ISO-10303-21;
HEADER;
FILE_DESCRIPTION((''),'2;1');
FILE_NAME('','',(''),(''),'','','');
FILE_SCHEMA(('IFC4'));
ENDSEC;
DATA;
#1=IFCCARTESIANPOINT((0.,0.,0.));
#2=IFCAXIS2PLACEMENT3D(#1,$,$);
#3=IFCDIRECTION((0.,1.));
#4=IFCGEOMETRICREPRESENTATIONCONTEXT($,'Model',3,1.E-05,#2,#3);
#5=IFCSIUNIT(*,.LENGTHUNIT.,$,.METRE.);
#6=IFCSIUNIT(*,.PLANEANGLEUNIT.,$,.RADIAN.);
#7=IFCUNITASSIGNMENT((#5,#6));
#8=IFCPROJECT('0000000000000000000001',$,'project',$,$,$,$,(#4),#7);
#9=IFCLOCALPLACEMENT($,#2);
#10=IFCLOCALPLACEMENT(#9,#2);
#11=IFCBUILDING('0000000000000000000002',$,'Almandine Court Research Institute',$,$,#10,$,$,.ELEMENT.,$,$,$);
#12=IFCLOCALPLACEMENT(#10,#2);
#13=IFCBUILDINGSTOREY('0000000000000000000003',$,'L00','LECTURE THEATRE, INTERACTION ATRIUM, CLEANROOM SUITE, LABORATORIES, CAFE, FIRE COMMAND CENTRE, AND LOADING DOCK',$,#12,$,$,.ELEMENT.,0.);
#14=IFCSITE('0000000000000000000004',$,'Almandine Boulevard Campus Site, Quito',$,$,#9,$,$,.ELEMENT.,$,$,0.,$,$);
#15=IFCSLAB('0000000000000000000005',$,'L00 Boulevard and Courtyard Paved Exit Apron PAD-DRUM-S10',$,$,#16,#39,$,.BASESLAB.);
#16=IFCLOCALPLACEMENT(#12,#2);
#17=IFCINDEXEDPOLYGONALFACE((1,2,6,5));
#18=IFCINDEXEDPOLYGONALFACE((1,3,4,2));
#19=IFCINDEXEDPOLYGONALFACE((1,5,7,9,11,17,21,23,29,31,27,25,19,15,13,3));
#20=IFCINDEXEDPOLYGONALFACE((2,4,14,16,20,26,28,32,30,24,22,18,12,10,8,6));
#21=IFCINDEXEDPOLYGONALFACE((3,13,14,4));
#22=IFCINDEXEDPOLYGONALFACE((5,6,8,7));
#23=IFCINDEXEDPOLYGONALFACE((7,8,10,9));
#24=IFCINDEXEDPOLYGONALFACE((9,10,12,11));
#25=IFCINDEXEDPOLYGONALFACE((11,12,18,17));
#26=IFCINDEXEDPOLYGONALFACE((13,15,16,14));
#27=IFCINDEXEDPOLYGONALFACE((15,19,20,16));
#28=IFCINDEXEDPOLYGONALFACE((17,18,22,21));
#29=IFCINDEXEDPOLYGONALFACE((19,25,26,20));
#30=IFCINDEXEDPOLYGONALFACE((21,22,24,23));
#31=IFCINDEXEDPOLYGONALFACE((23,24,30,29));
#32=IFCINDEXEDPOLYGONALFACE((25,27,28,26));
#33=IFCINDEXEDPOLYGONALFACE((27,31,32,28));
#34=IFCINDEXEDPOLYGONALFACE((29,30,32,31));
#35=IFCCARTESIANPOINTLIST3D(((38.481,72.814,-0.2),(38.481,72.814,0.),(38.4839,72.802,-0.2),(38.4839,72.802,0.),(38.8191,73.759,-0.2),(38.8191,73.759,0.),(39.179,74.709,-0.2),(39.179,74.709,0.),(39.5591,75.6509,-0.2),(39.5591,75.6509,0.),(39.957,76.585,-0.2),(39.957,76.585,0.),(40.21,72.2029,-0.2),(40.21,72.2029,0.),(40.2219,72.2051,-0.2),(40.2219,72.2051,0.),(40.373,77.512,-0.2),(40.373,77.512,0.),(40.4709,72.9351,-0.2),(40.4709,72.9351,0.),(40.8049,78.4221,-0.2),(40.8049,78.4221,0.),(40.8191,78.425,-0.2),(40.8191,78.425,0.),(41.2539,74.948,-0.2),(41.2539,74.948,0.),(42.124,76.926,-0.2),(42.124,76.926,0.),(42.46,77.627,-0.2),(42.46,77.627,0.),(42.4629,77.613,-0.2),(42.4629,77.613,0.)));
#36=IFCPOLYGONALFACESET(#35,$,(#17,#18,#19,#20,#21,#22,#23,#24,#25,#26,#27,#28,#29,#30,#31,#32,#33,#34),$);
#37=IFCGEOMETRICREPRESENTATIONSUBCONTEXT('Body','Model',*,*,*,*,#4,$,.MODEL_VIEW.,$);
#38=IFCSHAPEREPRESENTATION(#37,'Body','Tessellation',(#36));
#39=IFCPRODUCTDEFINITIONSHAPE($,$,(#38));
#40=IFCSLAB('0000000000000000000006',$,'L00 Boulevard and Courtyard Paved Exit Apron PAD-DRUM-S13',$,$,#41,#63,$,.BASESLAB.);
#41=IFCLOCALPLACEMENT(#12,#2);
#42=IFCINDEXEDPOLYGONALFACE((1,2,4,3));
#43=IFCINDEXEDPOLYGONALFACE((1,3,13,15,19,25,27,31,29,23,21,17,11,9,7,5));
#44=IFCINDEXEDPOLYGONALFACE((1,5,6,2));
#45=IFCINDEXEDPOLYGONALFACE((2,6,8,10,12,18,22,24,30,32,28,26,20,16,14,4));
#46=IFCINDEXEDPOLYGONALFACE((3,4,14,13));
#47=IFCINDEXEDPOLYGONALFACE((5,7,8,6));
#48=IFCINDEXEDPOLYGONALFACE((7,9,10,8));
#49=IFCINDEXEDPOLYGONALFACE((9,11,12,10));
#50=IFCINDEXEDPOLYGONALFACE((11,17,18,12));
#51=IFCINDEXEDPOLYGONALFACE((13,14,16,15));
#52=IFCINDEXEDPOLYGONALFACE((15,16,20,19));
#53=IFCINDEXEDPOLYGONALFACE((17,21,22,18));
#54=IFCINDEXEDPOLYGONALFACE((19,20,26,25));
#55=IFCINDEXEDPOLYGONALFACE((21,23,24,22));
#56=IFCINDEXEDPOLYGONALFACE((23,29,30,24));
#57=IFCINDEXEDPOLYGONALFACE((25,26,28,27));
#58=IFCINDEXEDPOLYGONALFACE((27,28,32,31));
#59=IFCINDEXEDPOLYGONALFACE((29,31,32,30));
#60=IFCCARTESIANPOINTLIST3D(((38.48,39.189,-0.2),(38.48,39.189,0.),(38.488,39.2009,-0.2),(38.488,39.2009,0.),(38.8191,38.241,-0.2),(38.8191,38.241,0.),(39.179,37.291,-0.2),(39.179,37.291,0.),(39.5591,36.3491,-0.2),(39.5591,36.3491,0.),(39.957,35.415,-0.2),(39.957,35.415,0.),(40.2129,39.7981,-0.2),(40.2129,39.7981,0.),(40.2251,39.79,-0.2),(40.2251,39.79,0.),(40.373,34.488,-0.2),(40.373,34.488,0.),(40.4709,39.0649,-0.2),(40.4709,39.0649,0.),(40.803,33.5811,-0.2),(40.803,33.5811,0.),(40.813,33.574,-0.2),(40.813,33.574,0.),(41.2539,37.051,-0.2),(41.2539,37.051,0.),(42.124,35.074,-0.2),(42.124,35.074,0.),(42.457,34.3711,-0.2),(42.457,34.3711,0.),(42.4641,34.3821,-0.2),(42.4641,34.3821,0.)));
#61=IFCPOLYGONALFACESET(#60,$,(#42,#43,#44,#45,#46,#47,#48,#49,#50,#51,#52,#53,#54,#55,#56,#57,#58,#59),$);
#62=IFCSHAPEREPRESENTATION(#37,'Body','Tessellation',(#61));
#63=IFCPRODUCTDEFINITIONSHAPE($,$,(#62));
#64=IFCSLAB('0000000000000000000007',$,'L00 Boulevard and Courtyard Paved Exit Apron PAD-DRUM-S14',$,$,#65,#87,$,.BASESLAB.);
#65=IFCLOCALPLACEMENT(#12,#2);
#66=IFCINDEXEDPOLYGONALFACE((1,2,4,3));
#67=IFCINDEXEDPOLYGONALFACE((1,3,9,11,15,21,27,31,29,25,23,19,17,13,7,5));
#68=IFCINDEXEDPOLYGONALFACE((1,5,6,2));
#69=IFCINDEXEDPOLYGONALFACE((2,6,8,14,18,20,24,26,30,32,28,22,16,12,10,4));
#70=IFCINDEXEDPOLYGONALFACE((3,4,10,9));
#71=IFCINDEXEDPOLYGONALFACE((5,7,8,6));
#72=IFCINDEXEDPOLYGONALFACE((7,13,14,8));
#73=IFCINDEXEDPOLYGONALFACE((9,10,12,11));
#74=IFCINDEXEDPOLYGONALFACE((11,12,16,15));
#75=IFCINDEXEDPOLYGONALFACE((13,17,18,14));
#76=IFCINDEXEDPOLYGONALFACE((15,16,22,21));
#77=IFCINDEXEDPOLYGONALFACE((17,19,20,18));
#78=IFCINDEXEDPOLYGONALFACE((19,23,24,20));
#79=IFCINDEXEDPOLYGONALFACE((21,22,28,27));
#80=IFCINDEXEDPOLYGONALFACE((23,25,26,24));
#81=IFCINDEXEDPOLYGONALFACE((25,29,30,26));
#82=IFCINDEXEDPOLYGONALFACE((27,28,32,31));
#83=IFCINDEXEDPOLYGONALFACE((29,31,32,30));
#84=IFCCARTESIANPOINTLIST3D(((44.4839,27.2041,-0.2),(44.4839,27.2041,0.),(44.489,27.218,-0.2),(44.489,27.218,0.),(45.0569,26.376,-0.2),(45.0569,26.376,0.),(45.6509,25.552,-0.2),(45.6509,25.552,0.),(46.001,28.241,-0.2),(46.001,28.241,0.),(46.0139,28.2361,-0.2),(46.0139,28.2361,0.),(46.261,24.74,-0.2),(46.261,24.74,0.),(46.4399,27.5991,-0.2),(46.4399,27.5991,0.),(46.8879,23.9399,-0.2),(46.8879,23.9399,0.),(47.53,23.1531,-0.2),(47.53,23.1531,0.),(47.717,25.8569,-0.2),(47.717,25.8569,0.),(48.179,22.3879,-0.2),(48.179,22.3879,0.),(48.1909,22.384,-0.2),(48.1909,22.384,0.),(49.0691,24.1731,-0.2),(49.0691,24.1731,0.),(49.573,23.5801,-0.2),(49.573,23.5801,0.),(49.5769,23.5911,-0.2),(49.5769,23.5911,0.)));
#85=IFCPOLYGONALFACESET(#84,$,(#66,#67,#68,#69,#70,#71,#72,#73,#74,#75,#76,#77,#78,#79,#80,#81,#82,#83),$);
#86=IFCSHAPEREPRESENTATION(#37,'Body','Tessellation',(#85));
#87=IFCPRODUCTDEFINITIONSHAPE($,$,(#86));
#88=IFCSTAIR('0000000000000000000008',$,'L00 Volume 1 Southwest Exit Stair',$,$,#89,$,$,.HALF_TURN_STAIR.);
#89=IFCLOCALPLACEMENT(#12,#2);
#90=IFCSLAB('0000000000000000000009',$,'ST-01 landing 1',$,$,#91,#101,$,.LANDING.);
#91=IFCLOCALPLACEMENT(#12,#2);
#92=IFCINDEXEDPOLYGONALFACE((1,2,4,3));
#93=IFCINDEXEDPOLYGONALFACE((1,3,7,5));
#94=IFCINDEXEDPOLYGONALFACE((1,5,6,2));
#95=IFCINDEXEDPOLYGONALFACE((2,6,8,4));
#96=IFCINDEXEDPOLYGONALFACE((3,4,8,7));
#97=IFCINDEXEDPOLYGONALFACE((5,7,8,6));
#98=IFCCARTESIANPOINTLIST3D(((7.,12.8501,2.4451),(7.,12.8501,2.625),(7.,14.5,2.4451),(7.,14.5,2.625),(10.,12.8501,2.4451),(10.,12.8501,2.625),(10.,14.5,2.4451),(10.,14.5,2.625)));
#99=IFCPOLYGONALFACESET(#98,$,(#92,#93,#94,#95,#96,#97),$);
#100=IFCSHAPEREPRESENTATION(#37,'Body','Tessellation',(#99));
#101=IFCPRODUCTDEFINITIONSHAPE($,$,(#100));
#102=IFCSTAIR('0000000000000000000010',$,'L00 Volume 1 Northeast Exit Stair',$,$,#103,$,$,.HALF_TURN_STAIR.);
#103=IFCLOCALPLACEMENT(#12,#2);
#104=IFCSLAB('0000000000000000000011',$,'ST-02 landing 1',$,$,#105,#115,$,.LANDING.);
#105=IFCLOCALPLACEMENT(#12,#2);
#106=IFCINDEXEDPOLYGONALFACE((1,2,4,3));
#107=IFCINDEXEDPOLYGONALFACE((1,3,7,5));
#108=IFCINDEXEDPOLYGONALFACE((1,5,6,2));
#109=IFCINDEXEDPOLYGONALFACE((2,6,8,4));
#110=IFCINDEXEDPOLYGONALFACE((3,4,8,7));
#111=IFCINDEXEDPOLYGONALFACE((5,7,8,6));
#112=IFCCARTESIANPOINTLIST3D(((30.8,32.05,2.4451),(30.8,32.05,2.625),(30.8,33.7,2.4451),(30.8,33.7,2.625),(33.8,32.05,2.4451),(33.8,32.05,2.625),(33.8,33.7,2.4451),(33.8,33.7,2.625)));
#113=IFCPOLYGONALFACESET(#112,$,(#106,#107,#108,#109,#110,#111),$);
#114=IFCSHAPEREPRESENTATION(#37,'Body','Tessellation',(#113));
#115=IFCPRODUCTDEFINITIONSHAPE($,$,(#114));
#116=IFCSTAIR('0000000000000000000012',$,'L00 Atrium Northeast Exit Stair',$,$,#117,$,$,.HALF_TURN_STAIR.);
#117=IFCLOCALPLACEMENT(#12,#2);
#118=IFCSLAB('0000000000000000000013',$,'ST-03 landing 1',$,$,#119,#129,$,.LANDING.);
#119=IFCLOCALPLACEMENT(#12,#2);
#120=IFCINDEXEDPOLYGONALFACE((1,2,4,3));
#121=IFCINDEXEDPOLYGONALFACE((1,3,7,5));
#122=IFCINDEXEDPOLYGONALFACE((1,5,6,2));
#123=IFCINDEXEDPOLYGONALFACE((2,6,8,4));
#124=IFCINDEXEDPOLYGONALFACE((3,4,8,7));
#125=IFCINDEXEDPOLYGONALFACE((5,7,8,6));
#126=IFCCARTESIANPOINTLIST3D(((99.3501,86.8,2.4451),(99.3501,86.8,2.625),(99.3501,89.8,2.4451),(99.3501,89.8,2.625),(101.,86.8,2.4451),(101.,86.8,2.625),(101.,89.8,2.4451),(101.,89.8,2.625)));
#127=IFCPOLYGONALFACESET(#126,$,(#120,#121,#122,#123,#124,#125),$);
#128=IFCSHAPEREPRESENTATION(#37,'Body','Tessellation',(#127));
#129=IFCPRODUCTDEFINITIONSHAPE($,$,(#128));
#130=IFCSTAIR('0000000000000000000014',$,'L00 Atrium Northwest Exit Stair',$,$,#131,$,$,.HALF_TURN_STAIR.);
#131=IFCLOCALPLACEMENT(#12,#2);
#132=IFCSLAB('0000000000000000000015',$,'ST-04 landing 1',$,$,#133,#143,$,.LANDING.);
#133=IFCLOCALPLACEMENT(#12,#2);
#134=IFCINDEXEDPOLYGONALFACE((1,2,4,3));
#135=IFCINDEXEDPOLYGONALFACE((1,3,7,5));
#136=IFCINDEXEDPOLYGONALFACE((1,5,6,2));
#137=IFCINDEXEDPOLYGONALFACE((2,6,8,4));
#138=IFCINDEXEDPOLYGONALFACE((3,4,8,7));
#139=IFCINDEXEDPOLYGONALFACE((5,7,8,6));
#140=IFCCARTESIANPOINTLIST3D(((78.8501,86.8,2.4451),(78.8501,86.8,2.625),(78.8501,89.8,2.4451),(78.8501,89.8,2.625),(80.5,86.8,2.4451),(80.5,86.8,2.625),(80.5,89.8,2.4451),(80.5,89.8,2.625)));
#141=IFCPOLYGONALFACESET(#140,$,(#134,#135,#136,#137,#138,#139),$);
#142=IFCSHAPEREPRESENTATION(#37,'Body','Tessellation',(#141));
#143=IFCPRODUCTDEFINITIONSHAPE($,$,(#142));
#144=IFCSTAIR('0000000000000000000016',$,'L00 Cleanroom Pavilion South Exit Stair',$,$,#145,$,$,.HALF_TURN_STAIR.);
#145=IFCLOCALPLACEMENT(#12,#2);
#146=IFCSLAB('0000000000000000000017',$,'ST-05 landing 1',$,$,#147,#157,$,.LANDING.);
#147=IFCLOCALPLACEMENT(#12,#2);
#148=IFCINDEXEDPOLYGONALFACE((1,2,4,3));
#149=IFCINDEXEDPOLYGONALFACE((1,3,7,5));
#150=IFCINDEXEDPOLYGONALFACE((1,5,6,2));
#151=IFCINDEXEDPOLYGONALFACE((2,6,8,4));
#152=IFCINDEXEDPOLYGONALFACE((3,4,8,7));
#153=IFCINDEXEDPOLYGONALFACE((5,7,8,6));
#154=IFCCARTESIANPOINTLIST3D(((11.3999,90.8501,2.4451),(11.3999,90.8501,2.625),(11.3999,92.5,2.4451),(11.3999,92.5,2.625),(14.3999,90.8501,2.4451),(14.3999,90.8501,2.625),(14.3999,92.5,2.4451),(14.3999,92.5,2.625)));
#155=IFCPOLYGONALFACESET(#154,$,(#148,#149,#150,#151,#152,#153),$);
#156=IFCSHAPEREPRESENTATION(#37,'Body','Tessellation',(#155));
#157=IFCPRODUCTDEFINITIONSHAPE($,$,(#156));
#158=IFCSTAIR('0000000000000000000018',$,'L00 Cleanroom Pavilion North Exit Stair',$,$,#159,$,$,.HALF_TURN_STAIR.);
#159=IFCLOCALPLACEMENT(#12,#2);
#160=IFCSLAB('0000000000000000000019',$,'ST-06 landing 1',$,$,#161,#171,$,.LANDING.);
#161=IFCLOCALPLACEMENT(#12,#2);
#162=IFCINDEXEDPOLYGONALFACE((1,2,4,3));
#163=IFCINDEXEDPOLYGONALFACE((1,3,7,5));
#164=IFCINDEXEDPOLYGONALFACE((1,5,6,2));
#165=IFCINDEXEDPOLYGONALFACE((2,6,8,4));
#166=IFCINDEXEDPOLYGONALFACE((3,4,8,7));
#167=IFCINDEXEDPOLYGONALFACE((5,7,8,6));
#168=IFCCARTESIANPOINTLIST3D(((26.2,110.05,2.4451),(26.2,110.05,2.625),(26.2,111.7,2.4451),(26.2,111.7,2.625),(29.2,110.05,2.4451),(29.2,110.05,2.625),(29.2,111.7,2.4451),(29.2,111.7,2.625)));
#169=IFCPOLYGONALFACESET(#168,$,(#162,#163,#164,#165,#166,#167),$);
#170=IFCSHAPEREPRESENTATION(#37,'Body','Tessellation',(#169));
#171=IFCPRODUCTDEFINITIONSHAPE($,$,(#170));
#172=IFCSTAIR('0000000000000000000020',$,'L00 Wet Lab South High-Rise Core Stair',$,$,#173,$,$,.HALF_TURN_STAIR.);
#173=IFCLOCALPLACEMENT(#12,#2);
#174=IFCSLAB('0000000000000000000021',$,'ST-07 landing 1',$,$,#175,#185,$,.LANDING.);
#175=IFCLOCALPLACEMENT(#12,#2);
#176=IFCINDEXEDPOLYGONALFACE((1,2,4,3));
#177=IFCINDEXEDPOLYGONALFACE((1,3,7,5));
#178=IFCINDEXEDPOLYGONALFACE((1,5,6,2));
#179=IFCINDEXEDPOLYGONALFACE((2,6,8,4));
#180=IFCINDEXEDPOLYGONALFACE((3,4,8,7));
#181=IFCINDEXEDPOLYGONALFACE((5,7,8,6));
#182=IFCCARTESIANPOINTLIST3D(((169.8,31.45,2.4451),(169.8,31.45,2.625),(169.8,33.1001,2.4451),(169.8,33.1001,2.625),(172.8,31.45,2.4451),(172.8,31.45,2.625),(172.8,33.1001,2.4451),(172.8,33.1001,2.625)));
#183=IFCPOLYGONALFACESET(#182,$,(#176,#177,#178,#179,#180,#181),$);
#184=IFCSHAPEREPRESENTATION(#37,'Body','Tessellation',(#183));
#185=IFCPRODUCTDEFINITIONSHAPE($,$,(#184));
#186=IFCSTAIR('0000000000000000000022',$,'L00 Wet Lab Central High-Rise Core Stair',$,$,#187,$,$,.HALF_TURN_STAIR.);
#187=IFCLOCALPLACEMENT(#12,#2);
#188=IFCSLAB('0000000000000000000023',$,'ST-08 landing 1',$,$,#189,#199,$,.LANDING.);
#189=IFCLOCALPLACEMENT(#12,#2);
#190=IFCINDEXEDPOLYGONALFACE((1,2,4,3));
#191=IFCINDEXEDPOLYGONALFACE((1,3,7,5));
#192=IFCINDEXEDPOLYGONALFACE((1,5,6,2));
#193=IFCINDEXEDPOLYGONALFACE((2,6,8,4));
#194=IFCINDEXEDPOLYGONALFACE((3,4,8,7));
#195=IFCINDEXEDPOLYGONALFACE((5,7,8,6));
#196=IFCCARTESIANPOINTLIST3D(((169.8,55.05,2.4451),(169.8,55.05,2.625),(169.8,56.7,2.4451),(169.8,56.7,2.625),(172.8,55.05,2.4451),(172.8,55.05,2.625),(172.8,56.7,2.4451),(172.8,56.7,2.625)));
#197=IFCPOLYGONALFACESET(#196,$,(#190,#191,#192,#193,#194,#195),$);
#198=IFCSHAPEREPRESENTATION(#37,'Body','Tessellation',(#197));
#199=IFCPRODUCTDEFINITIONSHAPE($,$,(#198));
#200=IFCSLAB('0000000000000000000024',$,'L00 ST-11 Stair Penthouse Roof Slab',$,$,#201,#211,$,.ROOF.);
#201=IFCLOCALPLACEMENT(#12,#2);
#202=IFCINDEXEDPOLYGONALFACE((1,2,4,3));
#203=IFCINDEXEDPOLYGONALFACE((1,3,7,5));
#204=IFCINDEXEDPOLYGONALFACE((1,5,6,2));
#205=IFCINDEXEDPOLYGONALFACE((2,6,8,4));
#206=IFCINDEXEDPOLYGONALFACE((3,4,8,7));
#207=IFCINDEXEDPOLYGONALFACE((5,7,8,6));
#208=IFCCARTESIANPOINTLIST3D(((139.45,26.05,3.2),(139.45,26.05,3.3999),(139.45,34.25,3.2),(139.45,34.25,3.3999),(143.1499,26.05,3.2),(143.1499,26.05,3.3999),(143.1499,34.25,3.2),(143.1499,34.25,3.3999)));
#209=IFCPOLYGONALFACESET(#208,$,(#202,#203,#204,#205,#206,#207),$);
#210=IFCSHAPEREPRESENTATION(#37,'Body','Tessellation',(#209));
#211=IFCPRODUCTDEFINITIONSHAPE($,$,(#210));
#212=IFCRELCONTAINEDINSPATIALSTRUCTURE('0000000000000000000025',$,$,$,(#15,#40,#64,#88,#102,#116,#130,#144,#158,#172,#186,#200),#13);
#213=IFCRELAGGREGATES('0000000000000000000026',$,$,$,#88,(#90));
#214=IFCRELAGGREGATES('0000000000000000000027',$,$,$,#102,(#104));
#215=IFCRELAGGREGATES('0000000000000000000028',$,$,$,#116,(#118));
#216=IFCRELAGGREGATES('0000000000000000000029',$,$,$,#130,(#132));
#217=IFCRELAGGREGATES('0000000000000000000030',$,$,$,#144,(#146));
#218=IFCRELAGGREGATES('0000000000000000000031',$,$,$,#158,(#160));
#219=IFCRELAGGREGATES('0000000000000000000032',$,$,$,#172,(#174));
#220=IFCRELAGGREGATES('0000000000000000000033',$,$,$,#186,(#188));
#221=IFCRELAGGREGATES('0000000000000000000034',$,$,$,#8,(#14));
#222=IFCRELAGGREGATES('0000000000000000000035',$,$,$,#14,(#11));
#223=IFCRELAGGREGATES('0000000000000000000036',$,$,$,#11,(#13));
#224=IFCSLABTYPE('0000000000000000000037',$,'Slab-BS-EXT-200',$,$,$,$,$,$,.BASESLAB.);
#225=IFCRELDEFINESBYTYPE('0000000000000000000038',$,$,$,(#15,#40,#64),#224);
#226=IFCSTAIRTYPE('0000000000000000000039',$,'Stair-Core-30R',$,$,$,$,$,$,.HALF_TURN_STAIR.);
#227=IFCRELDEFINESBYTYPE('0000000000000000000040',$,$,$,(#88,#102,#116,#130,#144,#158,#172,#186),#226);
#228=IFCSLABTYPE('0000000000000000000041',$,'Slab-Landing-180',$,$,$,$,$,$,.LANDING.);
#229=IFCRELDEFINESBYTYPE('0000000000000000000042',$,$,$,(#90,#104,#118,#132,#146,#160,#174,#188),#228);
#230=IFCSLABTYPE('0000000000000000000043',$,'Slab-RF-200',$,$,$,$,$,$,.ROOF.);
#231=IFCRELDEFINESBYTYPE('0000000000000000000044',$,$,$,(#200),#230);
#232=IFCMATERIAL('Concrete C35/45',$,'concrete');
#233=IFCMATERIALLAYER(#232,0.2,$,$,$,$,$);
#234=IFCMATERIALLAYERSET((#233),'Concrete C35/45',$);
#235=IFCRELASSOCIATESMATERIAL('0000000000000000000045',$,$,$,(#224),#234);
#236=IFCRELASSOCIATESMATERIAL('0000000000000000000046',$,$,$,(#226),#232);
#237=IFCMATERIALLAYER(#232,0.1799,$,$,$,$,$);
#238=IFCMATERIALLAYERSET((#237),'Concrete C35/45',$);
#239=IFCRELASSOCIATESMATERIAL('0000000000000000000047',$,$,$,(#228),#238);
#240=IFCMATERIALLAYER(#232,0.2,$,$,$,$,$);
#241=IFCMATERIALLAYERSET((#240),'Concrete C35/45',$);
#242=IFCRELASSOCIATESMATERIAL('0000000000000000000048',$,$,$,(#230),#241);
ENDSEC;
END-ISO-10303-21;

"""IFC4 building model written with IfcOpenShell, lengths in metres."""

from ifc_helpers import new_model, si_unit, direction, frame, origin, place, context, subcontext, project, spatial, polyline, outline, extrude, material, layer, layer_set, type_object, element, aggregate, save


model = new_model("IFC4")

# Units and contexts
model_context = context("Model", 3, precision=1e-05, world=origin(), true_north=direction((0.0, 1.0)))
body_context = subcontext(model_context, "Body", "Model", "MODEL_VIEW")
ifc_project = project(units=[si_unit("LENGTHUNIT", "METRE"), si_unit("PLANEANGLEUNIT", "RADIAN")], contexts=[model_context])

# Site, building, storey
site_placement = place(None, origin())
site = spatial("IfcSite", under=ifc_project, at=site_placement, Name="Almandine Boulevard Campus Site, Quito", CompositionType="ELEMENT", RefElevation=0.0)
building_placement = place(site_placement, origin())
building = spatial("IfcBuilding", under=site, at=building_placement, Name="Almandine Court Research Institute", CompositionType="ELEMENT")
storey_placement = place(building_placement, origin())
storey = spatial("IfcBuildingStorey", under=building, at=storey_placement, Name="L00", Description="LECTURE THEATRE, INTERACTION ATRIUM, CLEANROOM SUITE, LABORATORIES, CAFE, FIRE COMMAND CENTRE, AND LOADING DOCK", CompositionType="ELEMENT", Elevation=0.0)

# Slabs
ifc_material = material(Name="Concrete C35/45", Category="concrete")
ifc_layer_1 = layer(ifc_material, 0.2)
ifc_layer_set_1 = layer_set([ifc_layer_1], Name="Concrete C35/45")
slab_type_1 = type_object("IfcSlabType", Name="Slab-BS-EXT-200", PredefinedType="BASESLAB", material=ifc_layer_set_1)
slab_1_placement = place(storey_placement, frame((0.0, 0.0, -0.2)))
element("IfcSlab", 1, at=slab_1_placement, inside=storey, type_object=slab_type_1, Name="L00 Boulevard and Courtyard Paved Exit Apron PAD-DRUM-S10", PredefinedType="BASESLAB", context=body_context, shape_type="SweptSolid", body=[
    extrude(outline(polyline([(38.8191, 73.759), (39.179, 74.709), (39.5591, 75.6509), (39.957, 76.585), (40.373, 77.512), (40.8049, 78.4221), (40.8191, 78.425), (42.46, 77.627), (42.4629, 77.613), (42.124, 76.926), (41.2539, 74.948), (40.4709, 72.9351), (40.2219, 72.2051), (40.21, 72.2029), (38.4839, 72.802), (38.481, 72.814), (38.8191, 73.759)])), origin(), (0.0, 0.0, 1.0), 0.2),
])
slab_2_placement = place(storey_placement, frame((0.0, 0.0, -0.2)))
element("IfcSlab", 2, at=slab_2_placement, inside=storey, type_object=slab_type_1, Name="L00 Boulevard and Courtyard Paved Exit Apron PAD-DRUM-S13", PredefinedType="BASESLAB", context=body_context, shape_type="SweptSolid", body=[
    extrude(outline(polyline([(40.373, 34.488), (39.957, 35.415), (39.5591, 36.3491), (39.179, 37.291), (38.8191, 38.241), (38.48, 39.189), (38.488, 39.2009), (40.2129, 39.7981), (40.2251, 39.79), (40.4709, 39.0649), (41.2539, 37.051), (42.124, 35.074), (42.4641, 34.3821), (42.457, 34.3711), (40.813, 33.574), (40.803, 33.5811), (40.373, 34.488)])), origin(), (0.0, 0.0, 1.0), 0.2),
])
slab_3_placement = place(storey_placement, frame((0.0, 0.0, -0.2)))
element("IfcSlab", 3, at=slab_3_placement, inside=storey, type_object=slab_type_1, Name="L00 Boulevard and Courtyard Paved Exit Apron PAD-DRUM-S14", PredefinedType="BASESLAB", context=body_context, shape_type="SweptSolid", body=[
    extrude(outline(polyline([(47.53, 23.1531), (46.8879, 23.9399), (46.261, 24.74), (45.6509, 25.552), (45.0569, 26.376), (44.4839, 27.2041), (44.489, 27.218), (46.001, 28.241), (46.0139, 28.2361), (46.4399, 27.5991), (47.717, 25.8569), (49.0691, 24.1731), (49.5769, 23.5911), (49.573, 23.5801), (48.1909, 22.384), (48.179, 22.3879), (47.53, 23.1531)])), origin(), (0.0, 0.0, 1.0), 0.2),
])

# Stairs, slabs
stair_type = type_object("IfcStairType", Name="Stair-Core-30R", PredefinedType="HALF_TURN_STAIR", material=ifc_material)
stair_1_placement = place(storey_placement, origin())
stair_1 = element("IfcStair", 4, at=stair_1_placement, inside=storey, type_object=stair_type, Name="L00 Volume 1 Southwest Exit Stair", PredefinedType="HALF_TURN_STAIR")
ifc_layer_2 = layer(ifc_material, 0.1799)
ifc_layer_set_2 = layer_set([ifc_layer_2], Name="Concrete C35/45")
slab_type_2 = type_object("IfcSlabType", Name="Slab-Landing-180", PredefinedType="LANDING", material=ifc_layer_set_2)
slab_4_placement = place(storey_placement, frame((0.0, 0.0, 2.4451)))
slab_4 = element("IfcSlab", 5, at=slab_4_placement, type_object=slab_type_2, Name="ST-01 landing 1", PredefinedType="LANDING", context=body_context, shape_type="SweptSolid", body=[
    extrude(outline(polyline([(10.0, 12.8501), (10.0, 14.5), (7.0, 14.5), (7.0, 12.8501), (10.0, 12.8501)])), origin(), (0.0, 0.0, 1.0), 0.1799),
])
aggregate(stair_1, [slab_4])
stair_2_placement = place(storey_placement, origin())
stair_2 = element("IfcStair", 6, at=stair_2_placement, inside=storey, type_object=stair_type, Name="L00 Volume 1 Northeast Exit Stair", PredefinedType="HALF_TURN_STAIR")
slab_5_placement = place(storey_placement, frame((0.0, 0.0, 2.4451)))
slab_5 = element("IfcSlab", 7, at=slab_5_placement, type_object=slab_type_2, Name="ST-02 landing 1", PredefinedType="LANDING", context=body_context, shape_type="SweptSolid", body=[
    extrude(outline(polyline([(33.8, 32.05), (33.8, 33.7), (30.8, 33.7), (30.8, 32.05), (33.8, 32.05)])), origin(), (0.0, 0.0, 1.0), 0.1799),
])
aggregate(stair_2, [slab_5])
stair_3_placement = place(storey_placement, origin())
stair_3 = element("IfcStair", 8, at=stair_3_placement, inside=storey, type_object=stair_type, Name="L00 Atrium Northeast Exit Stair", PredefinedType="HALF_TURN_STAIR")
slab_6_placement = place(storey_placement, frame((0.0, 0.0, 2.4451)))
slab_6 = element("IfcSlab", 9, at=slab_6_placement, type_object=slab_type_2, Name="ST-03 landing 1", PredefinedType="LANDING", context=body_context, shape_type="SweptSolid", body=[
    extrude(outline(polyline([(99.3501, 86.8), (101.0, 86.8), (101.0, 89.8), (99.3501, 89.8), (99.3501, 86.8)])), origin(), (0.0, 0.0, 1.0), 0.1799),
])
aggregate(stair_3, [slab_6])
stair_4_placement = place(storey_placement, origin())
stair_4 = element("IfcStair", 10, at=stair_4_placement, inside=storey, type_object=stair_type, Name="L00 Atrium Northwest Exit Stair", PredefinedType="HALF_TURN_STAIR")
slab_7_placement = place(storey_placement, frame((0.0, 0.0, 2.4451)))
slab_7 = element("IfcSlab", 11, at=slab_7_placement, type_object=slab_type_2, Name="ST-04 landing 1", PredefinedType="LANDING", context=body_context, shape_type="SweptSolid", body=[
    extrude(outline(polyline([(78.8501, 86.8), (80.5, 86.8), (80.5, 89.8), (78.8501, 89.8), (78.8501, 86.8)])), origin(), (0.0, 0.0, 1.0), 0.1799),
])
aggregate(stair_4, [slab_7])
stair_5_placement = place(storey_placement, origin())
stair_5 = element("IfcStair", 12, at=stair_5_placement, inside=storey, type_object=stair_type, Name="L00 Cleanroom Pavilion South Exit Stair", PredefinedType="HALF_TURN_STAIR")
slab_8_placement = place(storey_placement, frame((0.0, 0.0, 2.4451)))
slab_8 = element("IfcSlab", 13, at=slab_8_placement, type_object=slab_type_2, Name="ST-05 landing 1", PredefinedType="LANDING", context=body_context, shape_type="SweptSolid", body=[
    extrude(outline(polyline([(14.3999, 90.8501), (14.3999, 92.5), (11.3999, 92.5), (11.3999, 90.8501), (14.3999, 90.8501)])), origin(), (0.0, 0.0, 1.0), 0.1799),
])
aggregate(stair_5, [slab_8])
stair_6_placement = place(storey_placement, origin())
stair_6 = element("IfcStair", 14, at=stair_6_placement, inside=storey, type_object=stair_type, Name="L00 Cleanroom Pavilion North Exit Stair", PredefinedType="HALF_TURN_STAIR")
slab_9_placement = place(storey_placement, frame((0.0, 0.0, 2.4451)))
slab_9 = element("IfcSlab", 15, at=slab_9_placement, type_object=slab_type_2, Name="ST-06 landing 1", PredefinedType="LANDING", context=body_context, shape_type="SweptSolid", body=[
    extrude(outline(polyline([(29.2, 110.05), (29.2, 111.7), (26.2, 111.7), (26.2, 110.05), (29.2, 110.05)])), origin(), (0.0, 0.0, 1.0), 0.1799),
])
aggregate(stair_6, [slab_9])
stair_7_placement = place(storey_placement, origin())
stair_7 = element("IfcStair", 16, at=stair_7_placement, inside=storey, type_object=stair_type, Name="L00 Wet Lab South High-Rise Core Stair", PredefinedType="HALF_TURN_STAIR")
slab_10_placement = place(storey_placement, frame((0.0, 0.0, 2.4451)))
slab_10 = element("IfcSlab", 17, at=slab_10_placement, type_object=slab_type_2, Name="ST-07 landing 1", PredefinedType="LANDING", context=body_context, shape_type="SweptSolid", body=[
    extrude(outline(polyline([(172.8, 31.45), (172.8, 33.1001), (169.8, 33.1001), (169.8, 31.45), (172.8, 31.45)])), origin(), (0.0, 0.0, 1.0), 0.1799),
])
aggregate(stair_7, [slab_10])
stair_8_placement = place(storey_placement, origin())
stair_8 = element("IfcStair", 18, at=stair_8_placement, inside=storey, type_object=stair_type, Name="L00 Wet Lab Central High-Rise Core Stair", PredefinedType="HALF_TURN_STAIR")
slab_11_placement = place(storey_placement, frame((0.0, 0.0, 2.4451)))
slab_11 = element("IfcSlab", 19, at=slab_11_placement, type_object=slab_type_2, Name="ST-08 landing 1", PredefinedType="LANDING", context=body_context, shape_type="SweptSolid", body=[
    extrude(outline(polyline([(172.8, 55.05), (172.8, 56.7), (169.8, 56.7), (169.8, 55.05), (172.8, 55.05)])), origin(), (0.0, 0.0, 1.0), 0.1799),
])
aggregate(stair_8, [slab_11])

# Slab
ifc_layer_3 = layer(ifc_material, 0.2)
ifc_layer_set_3 = layer_set([ifc_layer_3], Name="Concrete C35/45")
slab_type_3 = type_object("IfcSlabType", Name="Slab-RF-200", PredefinedType="ROOF", material=ifc_layer_set_3)
slab_12_placement = place(storey_placement, frame((0.0, 0.0, 3.2)))
element("IfcSlab", 20, at=slab_12_placement, inside=storey, type_object=slab_type_3, Name="L00 ST-11 Stair Penthouse Roof Slab", PredefinedType="ROOF", context=body_context, shape_type="SweptSolid", body=[
    extrude(outline(polyline([(139.45, 26.05), (143.1499, 26.05), (143.1499, 34.25), (139.45, 34.25), (139.45, 26.05)])), origin(), (0.0, 0.0, 1.0), 0.2),
])

save(model, "model.ifc")
